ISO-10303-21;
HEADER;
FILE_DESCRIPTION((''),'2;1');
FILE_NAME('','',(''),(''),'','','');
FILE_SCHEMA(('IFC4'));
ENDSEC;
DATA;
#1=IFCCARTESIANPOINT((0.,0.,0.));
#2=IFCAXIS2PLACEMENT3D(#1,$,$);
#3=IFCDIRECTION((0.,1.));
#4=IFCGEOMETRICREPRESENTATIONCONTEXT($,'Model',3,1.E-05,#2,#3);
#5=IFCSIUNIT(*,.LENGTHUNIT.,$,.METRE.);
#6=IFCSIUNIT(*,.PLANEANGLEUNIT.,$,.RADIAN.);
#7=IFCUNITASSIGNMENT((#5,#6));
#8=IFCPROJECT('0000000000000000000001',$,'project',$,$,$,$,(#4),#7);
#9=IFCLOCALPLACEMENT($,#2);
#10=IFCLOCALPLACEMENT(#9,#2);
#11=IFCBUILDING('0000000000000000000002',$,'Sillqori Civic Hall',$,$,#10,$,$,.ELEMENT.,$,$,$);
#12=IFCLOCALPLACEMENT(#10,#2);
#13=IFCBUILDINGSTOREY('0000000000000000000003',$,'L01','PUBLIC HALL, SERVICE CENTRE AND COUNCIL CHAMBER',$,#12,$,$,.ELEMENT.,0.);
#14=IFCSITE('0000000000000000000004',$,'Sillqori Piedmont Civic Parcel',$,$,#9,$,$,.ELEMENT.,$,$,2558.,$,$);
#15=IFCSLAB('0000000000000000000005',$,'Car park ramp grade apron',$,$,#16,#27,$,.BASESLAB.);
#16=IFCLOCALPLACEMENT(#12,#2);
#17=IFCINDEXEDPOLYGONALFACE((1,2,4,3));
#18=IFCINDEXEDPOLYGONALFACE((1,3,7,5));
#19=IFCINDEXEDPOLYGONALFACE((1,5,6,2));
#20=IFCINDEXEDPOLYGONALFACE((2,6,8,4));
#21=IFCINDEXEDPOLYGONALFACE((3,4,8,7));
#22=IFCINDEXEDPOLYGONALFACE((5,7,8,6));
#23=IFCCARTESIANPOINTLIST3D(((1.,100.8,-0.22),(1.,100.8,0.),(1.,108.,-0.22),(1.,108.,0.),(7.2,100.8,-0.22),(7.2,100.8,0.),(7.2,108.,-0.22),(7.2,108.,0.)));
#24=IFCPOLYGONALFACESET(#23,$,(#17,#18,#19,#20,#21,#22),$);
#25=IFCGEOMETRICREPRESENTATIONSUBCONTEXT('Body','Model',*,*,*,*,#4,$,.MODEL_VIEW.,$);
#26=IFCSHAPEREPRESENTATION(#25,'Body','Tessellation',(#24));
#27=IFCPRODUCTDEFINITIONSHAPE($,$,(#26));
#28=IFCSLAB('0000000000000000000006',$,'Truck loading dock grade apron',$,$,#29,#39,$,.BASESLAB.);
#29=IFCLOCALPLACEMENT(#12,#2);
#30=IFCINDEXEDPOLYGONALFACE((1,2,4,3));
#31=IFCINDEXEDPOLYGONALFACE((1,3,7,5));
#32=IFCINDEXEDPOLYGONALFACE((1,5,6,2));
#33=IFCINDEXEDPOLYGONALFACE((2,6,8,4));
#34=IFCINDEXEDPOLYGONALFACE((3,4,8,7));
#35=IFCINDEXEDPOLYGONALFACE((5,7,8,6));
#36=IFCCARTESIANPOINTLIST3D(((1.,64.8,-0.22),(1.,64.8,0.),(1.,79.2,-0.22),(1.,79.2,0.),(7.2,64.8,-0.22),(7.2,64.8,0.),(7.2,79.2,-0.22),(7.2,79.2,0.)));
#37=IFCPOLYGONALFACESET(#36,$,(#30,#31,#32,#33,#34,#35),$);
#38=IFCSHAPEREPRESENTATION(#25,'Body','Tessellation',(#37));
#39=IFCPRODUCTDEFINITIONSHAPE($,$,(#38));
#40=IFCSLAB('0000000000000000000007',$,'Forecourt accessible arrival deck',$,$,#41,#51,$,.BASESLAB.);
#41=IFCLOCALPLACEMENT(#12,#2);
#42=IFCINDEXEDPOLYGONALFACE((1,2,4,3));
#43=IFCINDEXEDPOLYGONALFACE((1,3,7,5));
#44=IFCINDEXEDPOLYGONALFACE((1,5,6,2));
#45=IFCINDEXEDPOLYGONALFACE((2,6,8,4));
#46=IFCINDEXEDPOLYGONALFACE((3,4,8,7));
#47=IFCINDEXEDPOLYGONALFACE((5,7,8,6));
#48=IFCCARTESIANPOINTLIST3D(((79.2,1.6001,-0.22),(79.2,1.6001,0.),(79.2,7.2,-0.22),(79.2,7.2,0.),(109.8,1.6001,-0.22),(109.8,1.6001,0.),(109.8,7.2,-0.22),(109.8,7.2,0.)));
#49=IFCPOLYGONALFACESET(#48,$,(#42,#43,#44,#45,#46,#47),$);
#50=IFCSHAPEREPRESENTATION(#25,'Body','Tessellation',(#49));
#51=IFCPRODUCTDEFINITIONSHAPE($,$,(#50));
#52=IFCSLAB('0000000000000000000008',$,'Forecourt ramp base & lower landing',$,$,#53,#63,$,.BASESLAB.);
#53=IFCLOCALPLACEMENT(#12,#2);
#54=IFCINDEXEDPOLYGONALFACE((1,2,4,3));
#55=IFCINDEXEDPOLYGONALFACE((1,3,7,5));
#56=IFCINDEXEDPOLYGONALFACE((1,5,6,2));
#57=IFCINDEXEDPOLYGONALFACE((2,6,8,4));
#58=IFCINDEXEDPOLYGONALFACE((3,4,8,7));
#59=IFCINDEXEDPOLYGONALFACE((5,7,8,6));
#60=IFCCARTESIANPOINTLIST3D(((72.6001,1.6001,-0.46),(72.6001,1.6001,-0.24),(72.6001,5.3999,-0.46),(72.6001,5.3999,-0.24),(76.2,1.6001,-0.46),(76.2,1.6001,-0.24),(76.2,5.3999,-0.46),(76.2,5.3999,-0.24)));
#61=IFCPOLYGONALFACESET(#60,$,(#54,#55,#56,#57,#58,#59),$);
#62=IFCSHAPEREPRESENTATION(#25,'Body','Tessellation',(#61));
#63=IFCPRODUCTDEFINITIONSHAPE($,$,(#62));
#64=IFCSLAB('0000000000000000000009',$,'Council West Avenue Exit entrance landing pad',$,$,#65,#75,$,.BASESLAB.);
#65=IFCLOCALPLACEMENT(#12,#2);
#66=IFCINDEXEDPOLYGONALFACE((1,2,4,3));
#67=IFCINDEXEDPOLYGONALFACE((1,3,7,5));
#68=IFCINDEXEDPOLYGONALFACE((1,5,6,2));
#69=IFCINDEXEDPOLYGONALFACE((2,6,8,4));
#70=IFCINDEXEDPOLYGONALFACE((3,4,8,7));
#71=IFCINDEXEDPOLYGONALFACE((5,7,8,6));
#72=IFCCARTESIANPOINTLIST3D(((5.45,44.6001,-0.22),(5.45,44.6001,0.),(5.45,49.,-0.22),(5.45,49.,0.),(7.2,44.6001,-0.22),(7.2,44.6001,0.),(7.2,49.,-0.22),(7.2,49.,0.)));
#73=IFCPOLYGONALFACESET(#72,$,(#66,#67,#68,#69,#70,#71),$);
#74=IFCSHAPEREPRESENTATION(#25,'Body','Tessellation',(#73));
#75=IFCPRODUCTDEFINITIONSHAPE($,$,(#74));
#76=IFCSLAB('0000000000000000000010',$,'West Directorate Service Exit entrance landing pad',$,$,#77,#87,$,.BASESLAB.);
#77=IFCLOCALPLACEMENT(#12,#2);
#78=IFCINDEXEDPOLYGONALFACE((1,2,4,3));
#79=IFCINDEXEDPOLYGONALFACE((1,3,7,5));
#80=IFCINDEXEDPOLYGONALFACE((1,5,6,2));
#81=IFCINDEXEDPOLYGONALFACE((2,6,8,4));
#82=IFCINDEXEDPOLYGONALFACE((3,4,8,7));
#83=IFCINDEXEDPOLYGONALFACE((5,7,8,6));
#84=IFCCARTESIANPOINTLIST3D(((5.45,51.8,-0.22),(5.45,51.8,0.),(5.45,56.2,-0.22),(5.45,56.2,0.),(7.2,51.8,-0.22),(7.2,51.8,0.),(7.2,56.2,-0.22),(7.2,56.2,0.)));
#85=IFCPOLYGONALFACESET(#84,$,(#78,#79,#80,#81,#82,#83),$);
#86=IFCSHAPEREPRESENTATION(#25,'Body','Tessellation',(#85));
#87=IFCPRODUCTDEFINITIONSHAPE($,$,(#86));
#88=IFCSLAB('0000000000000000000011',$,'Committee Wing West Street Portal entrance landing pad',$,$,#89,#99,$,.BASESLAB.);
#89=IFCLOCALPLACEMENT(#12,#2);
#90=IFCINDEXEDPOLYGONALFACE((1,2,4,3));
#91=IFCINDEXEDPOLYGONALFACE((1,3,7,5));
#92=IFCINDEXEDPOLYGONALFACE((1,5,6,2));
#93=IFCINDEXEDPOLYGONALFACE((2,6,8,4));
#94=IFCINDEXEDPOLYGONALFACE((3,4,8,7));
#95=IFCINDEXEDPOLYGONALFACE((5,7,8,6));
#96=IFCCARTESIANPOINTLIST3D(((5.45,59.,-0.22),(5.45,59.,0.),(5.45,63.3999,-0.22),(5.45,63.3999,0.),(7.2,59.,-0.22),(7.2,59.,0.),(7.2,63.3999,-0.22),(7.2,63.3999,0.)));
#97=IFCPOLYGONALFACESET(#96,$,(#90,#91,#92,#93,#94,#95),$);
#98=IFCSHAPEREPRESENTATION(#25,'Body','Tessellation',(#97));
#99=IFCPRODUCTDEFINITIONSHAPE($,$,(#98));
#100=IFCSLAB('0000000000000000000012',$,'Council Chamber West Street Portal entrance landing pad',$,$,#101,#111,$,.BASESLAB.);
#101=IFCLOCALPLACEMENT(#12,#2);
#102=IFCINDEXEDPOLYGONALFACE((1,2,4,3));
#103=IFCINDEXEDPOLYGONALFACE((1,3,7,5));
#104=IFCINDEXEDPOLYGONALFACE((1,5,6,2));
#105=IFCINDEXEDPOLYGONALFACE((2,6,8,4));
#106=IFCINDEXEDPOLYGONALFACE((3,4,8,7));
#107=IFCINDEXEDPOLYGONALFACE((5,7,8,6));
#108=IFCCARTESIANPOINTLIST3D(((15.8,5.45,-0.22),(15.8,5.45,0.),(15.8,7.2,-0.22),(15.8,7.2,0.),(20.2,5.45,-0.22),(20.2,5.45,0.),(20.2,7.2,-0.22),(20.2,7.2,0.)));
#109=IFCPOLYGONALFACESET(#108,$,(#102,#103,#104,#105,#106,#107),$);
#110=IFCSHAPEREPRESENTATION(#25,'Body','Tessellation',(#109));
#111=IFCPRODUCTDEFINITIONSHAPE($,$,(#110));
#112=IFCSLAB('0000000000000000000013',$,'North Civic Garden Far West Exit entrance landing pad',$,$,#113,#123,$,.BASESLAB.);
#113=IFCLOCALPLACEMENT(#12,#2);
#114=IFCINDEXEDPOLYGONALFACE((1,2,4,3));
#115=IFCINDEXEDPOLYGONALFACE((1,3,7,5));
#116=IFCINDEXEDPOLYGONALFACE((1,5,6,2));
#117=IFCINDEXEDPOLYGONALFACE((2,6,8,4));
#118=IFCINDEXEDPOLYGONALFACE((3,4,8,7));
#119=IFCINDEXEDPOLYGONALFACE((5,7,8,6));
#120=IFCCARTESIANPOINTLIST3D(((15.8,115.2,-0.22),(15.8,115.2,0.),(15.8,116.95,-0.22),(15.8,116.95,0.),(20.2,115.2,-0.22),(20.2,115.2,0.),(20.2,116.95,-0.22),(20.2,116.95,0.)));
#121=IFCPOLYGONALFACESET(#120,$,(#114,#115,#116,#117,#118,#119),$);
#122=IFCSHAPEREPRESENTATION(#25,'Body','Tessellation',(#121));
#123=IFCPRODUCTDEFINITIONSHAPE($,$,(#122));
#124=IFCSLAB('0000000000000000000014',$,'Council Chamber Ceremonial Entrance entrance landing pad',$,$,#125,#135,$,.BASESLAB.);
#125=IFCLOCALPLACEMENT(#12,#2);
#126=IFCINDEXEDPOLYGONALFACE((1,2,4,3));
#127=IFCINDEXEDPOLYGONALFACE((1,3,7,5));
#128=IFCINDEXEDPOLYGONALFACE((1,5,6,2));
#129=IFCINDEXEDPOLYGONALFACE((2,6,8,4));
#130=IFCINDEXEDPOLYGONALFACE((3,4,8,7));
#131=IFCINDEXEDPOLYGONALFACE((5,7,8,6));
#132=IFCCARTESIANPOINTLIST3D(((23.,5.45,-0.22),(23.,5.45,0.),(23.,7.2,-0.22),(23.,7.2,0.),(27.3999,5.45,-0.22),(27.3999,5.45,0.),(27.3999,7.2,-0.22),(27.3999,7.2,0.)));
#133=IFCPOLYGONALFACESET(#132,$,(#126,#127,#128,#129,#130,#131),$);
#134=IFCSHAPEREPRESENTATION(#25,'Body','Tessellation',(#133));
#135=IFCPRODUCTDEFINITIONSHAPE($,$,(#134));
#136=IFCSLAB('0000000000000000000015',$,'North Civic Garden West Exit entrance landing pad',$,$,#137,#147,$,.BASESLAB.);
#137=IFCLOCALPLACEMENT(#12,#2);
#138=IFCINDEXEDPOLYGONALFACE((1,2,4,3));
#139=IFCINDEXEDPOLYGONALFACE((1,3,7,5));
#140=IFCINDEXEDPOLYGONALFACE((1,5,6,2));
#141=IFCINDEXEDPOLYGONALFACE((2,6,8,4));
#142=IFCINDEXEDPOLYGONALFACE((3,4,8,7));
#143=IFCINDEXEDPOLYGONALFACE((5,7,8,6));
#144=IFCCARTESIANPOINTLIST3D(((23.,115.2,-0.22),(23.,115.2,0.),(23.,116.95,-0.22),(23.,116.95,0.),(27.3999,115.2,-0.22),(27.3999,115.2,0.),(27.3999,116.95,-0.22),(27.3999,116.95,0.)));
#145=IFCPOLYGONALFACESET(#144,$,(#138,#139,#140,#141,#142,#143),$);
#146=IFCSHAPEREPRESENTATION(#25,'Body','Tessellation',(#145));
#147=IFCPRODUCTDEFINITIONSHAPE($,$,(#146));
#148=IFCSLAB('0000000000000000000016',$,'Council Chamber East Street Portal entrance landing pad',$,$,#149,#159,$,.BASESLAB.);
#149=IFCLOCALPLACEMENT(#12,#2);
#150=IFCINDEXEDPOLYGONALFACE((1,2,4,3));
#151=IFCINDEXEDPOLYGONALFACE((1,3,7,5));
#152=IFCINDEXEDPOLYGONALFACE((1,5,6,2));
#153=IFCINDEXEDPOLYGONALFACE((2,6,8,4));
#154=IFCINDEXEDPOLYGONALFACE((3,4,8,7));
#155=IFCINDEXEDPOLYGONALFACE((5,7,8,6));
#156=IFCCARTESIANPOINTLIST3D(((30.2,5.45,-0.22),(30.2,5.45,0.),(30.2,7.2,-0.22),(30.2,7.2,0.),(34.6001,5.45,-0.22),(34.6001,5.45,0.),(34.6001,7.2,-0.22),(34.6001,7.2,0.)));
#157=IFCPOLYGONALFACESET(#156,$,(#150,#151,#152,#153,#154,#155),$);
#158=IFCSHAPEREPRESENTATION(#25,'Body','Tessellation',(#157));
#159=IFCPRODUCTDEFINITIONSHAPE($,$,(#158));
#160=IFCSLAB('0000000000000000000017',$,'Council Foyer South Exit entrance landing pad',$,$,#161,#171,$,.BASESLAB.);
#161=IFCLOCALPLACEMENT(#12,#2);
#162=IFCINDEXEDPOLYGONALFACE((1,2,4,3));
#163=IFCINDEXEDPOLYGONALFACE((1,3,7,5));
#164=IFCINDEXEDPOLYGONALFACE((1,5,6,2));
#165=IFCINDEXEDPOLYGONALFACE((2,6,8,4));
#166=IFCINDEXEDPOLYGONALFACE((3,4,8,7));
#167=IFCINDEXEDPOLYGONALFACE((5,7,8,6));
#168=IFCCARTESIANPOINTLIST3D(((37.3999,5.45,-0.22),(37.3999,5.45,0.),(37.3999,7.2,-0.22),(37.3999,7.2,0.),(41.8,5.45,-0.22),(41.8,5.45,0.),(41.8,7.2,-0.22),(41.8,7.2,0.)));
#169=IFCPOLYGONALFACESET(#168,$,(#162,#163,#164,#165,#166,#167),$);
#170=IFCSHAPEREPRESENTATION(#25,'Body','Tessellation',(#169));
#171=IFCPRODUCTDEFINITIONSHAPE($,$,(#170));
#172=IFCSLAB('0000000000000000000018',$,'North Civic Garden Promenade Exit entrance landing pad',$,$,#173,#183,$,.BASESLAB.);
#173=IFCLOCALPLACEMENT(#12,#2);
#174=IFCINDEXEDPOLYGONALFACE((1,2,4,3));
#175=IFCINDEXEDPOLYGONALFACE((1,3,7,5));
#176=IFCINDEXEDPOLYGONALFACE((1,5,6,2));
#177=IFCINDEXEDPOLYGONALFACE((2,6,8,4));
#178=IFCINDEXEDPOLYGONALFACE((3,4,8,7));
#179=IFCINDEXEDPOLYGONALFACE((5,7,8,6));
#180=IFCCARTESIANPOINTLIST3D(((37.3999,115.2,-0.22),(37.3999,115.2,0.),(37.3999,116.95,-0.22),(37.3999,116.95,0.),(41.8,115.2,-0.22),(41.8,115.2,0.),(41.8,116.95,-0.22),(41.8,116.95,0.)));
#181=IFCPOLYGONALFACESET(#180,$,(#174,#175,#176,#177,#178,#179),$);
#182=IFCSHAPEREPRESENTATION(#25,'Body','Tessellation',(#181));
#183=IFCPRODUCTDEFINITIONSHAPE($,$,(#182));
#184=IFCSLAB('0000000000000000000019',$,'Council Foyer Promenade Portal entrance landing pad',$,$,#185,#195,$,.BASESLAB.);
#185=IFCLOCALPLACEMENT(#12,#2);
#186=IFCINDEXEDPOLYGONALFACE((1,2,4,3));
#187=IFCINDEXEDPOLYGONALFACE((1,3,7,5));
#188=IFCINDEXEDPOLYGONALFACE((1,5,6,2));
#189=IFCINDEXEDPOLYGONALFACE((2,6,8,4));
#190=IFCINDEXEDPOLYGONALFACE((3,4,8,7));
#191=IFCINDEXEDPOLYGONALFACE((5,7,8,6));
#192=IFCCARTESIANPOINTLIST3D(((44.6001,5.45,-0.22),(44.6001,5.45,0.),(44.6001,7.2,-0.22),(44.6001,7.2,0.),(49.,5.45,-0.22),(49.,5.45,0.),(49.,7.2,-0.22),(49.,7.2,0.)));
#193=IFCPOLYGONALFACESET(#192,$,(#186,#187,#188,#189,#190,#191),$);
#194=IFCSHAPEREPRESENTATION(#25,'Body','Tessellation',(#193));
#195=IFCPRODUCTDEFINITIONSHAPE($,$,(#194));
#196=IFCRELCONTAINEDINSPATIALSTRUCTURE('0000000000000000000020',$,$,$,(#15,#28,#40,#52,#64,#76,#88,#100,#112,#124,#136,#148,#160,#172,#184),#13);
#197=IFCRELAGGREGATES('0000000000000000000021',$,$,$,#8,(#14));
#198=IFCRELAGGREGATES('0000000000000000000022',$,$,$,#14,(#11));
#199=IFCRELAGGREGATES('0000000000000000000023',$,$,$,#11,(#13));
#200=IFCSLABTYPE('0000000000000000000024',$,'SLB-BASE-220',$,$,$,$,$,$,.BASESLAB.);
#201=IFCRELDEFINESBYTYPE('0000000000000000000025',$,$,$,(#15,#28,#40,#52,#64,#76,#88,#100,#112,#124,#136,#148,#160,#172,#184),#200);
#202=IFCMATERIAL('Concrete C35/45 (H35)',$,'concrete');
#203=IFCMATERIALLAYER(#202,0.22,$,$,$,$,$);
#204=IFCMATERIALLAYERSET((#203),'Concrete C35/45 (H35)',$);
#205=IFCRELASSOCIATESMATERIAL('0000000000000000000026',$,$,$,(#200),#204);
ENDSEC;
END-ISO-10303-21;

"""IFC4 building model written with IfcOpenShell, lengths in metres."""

from ifc_helpers import new_model, si_unit, direction, frame, origin, place, context, subcontext, project, spatial, polyline, outline, extrude, material, layer, layer_set, type_object, element, save


model = new_model("IFC4")

# Units and contexts
model_context = context("Model", 3, precision=1e-05, world=origin(), true_north=direction((0.0, 1.0)))
body_context = subcontext(model_context, "Body", "Model", "MODEL_VIEW")
ifc_project = project(units=[si_unit("LENGTHUNIT", "METRE"), si_unit("PLANEANGLEUNIT", "RADIAN")], contexts=[model_context])

# Site, building, storey
site_placement = place(None, origin())
site = spatial("IfcSite", under=ifc_project, at=site_placement, Name="Sillqori Piedmont Civic Parcel", CompositionType="ELEMENT", RefElevation=2558.0)
building_placement = place(site_placement, origin())
building = spatial("IfcBuilding", under=site, at=building_placement, Name="Sillqori Civic Hall", CompositionType="ELEMENT")
storey_placement = place(building_placement, origin())
storey = spatial("IfcBuildingStorey", under=building, at=storey_placement, Name="L01", Description="PUBLIC HALL, SERVICE CENTRE AND COUNCIL CHAMBER", CompositionType="ELEMENT", Elevation=0.0)

# Slabs
ifc_material_1 = material(Name="Concrete C35/45 (H35)", Category="concrete")
ifc_layer_1 = layer(ifc_material_1, 0.22)
ifc_layer_set_1 = layer_set([ifc_layer_1], Name="Concrete C35/45 (H35)")
slab_type_1 = type_object("IfcSlabType", Name="SLB-BASE-220", PredefinedType="BASESLAB", material=ifc_layer_set_1)
slab_1_placement = place(storey_placement, frame((0.0, 0.0, -0.22)))
element("IfcSlab", 1, at=slab_1_placement, inside=storey, type_object=slab_type_1, Name="Car park ramp grade apron", PredefinedType="BASESLAB", context=body_context, shape_type="SweptSolid", body=[
    extrude(outline(polyline([(7.2, 100.8), (7.2, 108.0), (1.0, 108.0), (1.0, 100.8), (7.2, 100.8)])), origin(), (0.0, 0.0, 1.0), 0.22),
])
slab_2_placement = place(storey_placement, frame((0.0, 0.0, -0.22)))
element("IfcSlab", 2, at=slab_2_placement, inside=storey, type_object=slab_type_1, Name="Truck loading dock grade apron", PredefinedType="BASESLAB", context=body_context, shape_type="SweptSolid", body=[
    extrude(outline(polyline([(7.2, 64.8), (7.2, 79.2), (1.0, 79.2), (1.0, 64.8), (7.2, 64.8)])), origin(), (0.0, 0.0, 1.0), 0.22),
])
slab_3_placement = place(storey_placement, frame((0.0, 0.0, -0.22)))
element("IfcSlab", 3, at=slab_3_placement, inside=storey, type_object=slab_type_1, Name="Forecourt accessible arrival deck", PredefinedType="BASESLAB", context=body_context, shape_type="SweptSolid", body=[
    extrude(outline(polyline([(109.8, 1.6001), (109.8, 7.2), (79.2, 7.2), (79.2, 1.6001), (109.8, 1.6001)])), origin(), (0.0, 0.0, 1.0), 0.22),
])
slab_4_placement = place(storey_placement, frame((0.0, 0.0, -0.46)))
element("IfcSlab", 4, at=slab_4_placement, inside=storey, type_object=slab_type_1, Name="Forecourt ramp base & lower landing", PredefinedType="BASESLAB", context=body_context, shape_type="SweptSolid", body=[
    extrude(outline(polyline([(76.2, 1.6001), (76.2, 5.3999), (72.6001, 5.3999), (72.6001, 1.6001), (76.2, 1.6001)])), origin(), (0.0, 0.0, 1.0), 0.22),
])
slab_5_placement = place(storey_placement, frame((0.0, 0.0, -0.22)))
element("IfcSlab", 5, at=slab_5_placement, inside=storey, type_object=slab_type_1, Name="Council West Avenue Exit entrance landing pad", PredefinedType="BASESLAB", context=body_context, shape_type="SweptSolid", body=[
    extrude(outline(polyline([(5.45, 44.6001), (7.2, 44.6001), (7.2, 49.0), (5.45, 49.0), (5.45, 44.6001)])), origin(), (0.0, 0.0, 1.0), 0.22),
])
slab_6_placement = place(storey_placement, frame((0.0, 0.0, -0.22)))
element("IfcSlab", 6, at=slab_6_placement, inside=storey, type_object=slab_type_1, Name="West Directorate Service Exit entrance landing pad", PredefinedType="BASESLAB", context=body_context, shape_type="SweptSolid", body=[
    extrude(outline(polyline([(5.45, 51.8), (7.2, 51.8), (7.2, 56.2), (5.45, 56.2), (5.45, 51.8)])), origin(), (0.0, 0.0, 1.0), 0.22),
])
slab_7_placement = place(storey_placement, frame((0.0, 0.0, -0.22)))
element("IfcSlab", 7, at=slab_7_placement, inside=storey, type_object=slab_type_1, Name="Committee Wing West Street Portal entrance landing pad", PredefinedType="BASESLAB", context=body_context, shape_type="SweptSolid", body=[
    extrude(outline(polyline([(5.45, 59.0), (7.2, 59.0), (7.2, 63.3999), (5.45, 63.3999), (5.45, 59.0)])), origin(), (0.0, 0.0, 1.0), 0.22),
])
slab_8_placement = place(storey_placement, frame((0.0, 0.0, -0.22)))
element("IfcSlab", 8, at=slab_8_placement, inside=storey, type_object=slab_type_1, Name="Council Chamber West Street Portal entrance landing pad", PredefinedType="BASESLAB", context=body_context, shape_type="SweptSolid", body=[
    extrude(outline(polyline([(15.8, 5.45), (20.2, 5.45), (20.2, 7.2), (15.8, 7.2), (15.8, 5.45)])), origin(), (0.0, 0.0, 1.0), 0.22),
])
slab_9_placement = place(storey_placement, frame((0.0, 0.0, -0.22)))
element("IfcSlab", 9, at=slab_9_placement, inside=storey, type_object=slab_type_1, Name="North Civic Garden Far West Exit entrance landing pad", PredefinedType="BASESLAB", context=body_context, shape_type="SweptSolid", body=[
    extrude(outline(polyline([(15.8, 115.2), (20.2, 115.2), (20.2, 116.95), (15.8, 116.95), (15.8, 115.2)])), origin(), (0.0, 0.0, 1.0), 0.22),
])
slab_10_placement = place(storey_placement, frame((0.0, 0.0, -0.22)))
element("IfcSlab", 10, at=slab_10_placement, inside=storey, type_object=slab_type_1, Name="Council Chamber Ceremonial Entrance entrance landing pad", PredefinedType="BASESLAB", context=body_context, shape_type="SweptSolid", body=[
    extrude(outline(polyline([(23.0, 5.45), (27.3999, 5.45), (27.3999, 7.2), (23.0, 7.2), (23.0, 5.45)])), origin(), (0.0, 0.0, 1.0), 0.22),
])
slab_11_placement = place(storey_placement, frame((0.0, 0.0, -0.22)))
element("IfcSlab", 11, at=slab_11_placement, inside=storey, type_object=slab_type_1, Name="North Civic Garden West Exit entrance landing pad", PredefinedType="BASESLAB", context=body_context, shape_type="SweptSolid", body=[
    extrude(outline(polyline([(23.0, 115.2), (27.3999, 115.2), (27.3999, 116.95), (23.0, 116.95), (23.0, 115.2)])), origin(), (0.0, 0.0, 1.0), 0.22),
])
slab_12_placement = place(storey_placement, frame((0.0, 0.0, -0.22)))
element("IfcSlab", 12, at=slab_12_placement, inside=storey, type_object=slab_type_1, Name="Council Chamber East Street Portal entrance landing pad", PredefinedType="BASESLAB", context=body_context, shape_type="SweptSolid", body=[
    extrude(outline(polyline([(30.2, 5.45), (34.6001, 5.45), (34.6001, 7.2), (30.2, 7.2), (30.2, 5.45)])), origin(), (0.0, 0.0, 1.0), 0.22),
])
slab_13_placement = place(storey_placement, frame((0.0, 0.0, -0.22)))
element("IfcSlab", 13, at=slab_13_placement, inside=storey, type_object=slab_type_1, Name="Council Foyer South Exit entrance landing pad", PredefinedType="BASESLAB", context=body_context, shape_type="SweptSolid", body=[
    extrude(outline(polyline([(37.3999, 5.45), (41.8, 5.45), (41.8, 7.2), (37.3999, 7.2), (37.3999, 5.45)])), origin(), (0.0, 0.0, 1.0), 0.22),
])
slab_14_placement = place(storey_placement, frame((0.0, 0.0, -0.22)))
element("IfcSlab", 14, at=slab_14_placement, inside=storey, type_object=slab_type_1, Name="North Civic Garden Promenade Exit entrance landing pad", PredefinedType="BASESLAB", context=body_context, shape_type="SweptSolid", body=[
    extrude(outline(polyline([(37.3999, 115.2), (41.8, 115.2), (41.8, 116.95), (37.3999, 116.95), (37.3999, 115.2)])), origin(), (0.0, 0.0, 1.0), 0.22),
])
slab_15_placement = place(storey_placement, frame((0.0, 0.0, -0.22)))
element("IfcSlab", 15, at=slab_15_placement, inside=storey, type_object=slab_type_1, Name="Council Foyer Promenade Portal entrance landing pad", PredefinedType="BASESLAB", context=body_context, shape_type="SweptSolid", body=[
    extrude(outline(polyline([(44.6001, 5.45), (49.0, 5.45), (49.0, 7.2), (44.6001, 7.2), (44.6001, 5.45)])), origin(), (0.0, 0.0, 1.0), 0.22),
])

save(model, "model.ifc")
